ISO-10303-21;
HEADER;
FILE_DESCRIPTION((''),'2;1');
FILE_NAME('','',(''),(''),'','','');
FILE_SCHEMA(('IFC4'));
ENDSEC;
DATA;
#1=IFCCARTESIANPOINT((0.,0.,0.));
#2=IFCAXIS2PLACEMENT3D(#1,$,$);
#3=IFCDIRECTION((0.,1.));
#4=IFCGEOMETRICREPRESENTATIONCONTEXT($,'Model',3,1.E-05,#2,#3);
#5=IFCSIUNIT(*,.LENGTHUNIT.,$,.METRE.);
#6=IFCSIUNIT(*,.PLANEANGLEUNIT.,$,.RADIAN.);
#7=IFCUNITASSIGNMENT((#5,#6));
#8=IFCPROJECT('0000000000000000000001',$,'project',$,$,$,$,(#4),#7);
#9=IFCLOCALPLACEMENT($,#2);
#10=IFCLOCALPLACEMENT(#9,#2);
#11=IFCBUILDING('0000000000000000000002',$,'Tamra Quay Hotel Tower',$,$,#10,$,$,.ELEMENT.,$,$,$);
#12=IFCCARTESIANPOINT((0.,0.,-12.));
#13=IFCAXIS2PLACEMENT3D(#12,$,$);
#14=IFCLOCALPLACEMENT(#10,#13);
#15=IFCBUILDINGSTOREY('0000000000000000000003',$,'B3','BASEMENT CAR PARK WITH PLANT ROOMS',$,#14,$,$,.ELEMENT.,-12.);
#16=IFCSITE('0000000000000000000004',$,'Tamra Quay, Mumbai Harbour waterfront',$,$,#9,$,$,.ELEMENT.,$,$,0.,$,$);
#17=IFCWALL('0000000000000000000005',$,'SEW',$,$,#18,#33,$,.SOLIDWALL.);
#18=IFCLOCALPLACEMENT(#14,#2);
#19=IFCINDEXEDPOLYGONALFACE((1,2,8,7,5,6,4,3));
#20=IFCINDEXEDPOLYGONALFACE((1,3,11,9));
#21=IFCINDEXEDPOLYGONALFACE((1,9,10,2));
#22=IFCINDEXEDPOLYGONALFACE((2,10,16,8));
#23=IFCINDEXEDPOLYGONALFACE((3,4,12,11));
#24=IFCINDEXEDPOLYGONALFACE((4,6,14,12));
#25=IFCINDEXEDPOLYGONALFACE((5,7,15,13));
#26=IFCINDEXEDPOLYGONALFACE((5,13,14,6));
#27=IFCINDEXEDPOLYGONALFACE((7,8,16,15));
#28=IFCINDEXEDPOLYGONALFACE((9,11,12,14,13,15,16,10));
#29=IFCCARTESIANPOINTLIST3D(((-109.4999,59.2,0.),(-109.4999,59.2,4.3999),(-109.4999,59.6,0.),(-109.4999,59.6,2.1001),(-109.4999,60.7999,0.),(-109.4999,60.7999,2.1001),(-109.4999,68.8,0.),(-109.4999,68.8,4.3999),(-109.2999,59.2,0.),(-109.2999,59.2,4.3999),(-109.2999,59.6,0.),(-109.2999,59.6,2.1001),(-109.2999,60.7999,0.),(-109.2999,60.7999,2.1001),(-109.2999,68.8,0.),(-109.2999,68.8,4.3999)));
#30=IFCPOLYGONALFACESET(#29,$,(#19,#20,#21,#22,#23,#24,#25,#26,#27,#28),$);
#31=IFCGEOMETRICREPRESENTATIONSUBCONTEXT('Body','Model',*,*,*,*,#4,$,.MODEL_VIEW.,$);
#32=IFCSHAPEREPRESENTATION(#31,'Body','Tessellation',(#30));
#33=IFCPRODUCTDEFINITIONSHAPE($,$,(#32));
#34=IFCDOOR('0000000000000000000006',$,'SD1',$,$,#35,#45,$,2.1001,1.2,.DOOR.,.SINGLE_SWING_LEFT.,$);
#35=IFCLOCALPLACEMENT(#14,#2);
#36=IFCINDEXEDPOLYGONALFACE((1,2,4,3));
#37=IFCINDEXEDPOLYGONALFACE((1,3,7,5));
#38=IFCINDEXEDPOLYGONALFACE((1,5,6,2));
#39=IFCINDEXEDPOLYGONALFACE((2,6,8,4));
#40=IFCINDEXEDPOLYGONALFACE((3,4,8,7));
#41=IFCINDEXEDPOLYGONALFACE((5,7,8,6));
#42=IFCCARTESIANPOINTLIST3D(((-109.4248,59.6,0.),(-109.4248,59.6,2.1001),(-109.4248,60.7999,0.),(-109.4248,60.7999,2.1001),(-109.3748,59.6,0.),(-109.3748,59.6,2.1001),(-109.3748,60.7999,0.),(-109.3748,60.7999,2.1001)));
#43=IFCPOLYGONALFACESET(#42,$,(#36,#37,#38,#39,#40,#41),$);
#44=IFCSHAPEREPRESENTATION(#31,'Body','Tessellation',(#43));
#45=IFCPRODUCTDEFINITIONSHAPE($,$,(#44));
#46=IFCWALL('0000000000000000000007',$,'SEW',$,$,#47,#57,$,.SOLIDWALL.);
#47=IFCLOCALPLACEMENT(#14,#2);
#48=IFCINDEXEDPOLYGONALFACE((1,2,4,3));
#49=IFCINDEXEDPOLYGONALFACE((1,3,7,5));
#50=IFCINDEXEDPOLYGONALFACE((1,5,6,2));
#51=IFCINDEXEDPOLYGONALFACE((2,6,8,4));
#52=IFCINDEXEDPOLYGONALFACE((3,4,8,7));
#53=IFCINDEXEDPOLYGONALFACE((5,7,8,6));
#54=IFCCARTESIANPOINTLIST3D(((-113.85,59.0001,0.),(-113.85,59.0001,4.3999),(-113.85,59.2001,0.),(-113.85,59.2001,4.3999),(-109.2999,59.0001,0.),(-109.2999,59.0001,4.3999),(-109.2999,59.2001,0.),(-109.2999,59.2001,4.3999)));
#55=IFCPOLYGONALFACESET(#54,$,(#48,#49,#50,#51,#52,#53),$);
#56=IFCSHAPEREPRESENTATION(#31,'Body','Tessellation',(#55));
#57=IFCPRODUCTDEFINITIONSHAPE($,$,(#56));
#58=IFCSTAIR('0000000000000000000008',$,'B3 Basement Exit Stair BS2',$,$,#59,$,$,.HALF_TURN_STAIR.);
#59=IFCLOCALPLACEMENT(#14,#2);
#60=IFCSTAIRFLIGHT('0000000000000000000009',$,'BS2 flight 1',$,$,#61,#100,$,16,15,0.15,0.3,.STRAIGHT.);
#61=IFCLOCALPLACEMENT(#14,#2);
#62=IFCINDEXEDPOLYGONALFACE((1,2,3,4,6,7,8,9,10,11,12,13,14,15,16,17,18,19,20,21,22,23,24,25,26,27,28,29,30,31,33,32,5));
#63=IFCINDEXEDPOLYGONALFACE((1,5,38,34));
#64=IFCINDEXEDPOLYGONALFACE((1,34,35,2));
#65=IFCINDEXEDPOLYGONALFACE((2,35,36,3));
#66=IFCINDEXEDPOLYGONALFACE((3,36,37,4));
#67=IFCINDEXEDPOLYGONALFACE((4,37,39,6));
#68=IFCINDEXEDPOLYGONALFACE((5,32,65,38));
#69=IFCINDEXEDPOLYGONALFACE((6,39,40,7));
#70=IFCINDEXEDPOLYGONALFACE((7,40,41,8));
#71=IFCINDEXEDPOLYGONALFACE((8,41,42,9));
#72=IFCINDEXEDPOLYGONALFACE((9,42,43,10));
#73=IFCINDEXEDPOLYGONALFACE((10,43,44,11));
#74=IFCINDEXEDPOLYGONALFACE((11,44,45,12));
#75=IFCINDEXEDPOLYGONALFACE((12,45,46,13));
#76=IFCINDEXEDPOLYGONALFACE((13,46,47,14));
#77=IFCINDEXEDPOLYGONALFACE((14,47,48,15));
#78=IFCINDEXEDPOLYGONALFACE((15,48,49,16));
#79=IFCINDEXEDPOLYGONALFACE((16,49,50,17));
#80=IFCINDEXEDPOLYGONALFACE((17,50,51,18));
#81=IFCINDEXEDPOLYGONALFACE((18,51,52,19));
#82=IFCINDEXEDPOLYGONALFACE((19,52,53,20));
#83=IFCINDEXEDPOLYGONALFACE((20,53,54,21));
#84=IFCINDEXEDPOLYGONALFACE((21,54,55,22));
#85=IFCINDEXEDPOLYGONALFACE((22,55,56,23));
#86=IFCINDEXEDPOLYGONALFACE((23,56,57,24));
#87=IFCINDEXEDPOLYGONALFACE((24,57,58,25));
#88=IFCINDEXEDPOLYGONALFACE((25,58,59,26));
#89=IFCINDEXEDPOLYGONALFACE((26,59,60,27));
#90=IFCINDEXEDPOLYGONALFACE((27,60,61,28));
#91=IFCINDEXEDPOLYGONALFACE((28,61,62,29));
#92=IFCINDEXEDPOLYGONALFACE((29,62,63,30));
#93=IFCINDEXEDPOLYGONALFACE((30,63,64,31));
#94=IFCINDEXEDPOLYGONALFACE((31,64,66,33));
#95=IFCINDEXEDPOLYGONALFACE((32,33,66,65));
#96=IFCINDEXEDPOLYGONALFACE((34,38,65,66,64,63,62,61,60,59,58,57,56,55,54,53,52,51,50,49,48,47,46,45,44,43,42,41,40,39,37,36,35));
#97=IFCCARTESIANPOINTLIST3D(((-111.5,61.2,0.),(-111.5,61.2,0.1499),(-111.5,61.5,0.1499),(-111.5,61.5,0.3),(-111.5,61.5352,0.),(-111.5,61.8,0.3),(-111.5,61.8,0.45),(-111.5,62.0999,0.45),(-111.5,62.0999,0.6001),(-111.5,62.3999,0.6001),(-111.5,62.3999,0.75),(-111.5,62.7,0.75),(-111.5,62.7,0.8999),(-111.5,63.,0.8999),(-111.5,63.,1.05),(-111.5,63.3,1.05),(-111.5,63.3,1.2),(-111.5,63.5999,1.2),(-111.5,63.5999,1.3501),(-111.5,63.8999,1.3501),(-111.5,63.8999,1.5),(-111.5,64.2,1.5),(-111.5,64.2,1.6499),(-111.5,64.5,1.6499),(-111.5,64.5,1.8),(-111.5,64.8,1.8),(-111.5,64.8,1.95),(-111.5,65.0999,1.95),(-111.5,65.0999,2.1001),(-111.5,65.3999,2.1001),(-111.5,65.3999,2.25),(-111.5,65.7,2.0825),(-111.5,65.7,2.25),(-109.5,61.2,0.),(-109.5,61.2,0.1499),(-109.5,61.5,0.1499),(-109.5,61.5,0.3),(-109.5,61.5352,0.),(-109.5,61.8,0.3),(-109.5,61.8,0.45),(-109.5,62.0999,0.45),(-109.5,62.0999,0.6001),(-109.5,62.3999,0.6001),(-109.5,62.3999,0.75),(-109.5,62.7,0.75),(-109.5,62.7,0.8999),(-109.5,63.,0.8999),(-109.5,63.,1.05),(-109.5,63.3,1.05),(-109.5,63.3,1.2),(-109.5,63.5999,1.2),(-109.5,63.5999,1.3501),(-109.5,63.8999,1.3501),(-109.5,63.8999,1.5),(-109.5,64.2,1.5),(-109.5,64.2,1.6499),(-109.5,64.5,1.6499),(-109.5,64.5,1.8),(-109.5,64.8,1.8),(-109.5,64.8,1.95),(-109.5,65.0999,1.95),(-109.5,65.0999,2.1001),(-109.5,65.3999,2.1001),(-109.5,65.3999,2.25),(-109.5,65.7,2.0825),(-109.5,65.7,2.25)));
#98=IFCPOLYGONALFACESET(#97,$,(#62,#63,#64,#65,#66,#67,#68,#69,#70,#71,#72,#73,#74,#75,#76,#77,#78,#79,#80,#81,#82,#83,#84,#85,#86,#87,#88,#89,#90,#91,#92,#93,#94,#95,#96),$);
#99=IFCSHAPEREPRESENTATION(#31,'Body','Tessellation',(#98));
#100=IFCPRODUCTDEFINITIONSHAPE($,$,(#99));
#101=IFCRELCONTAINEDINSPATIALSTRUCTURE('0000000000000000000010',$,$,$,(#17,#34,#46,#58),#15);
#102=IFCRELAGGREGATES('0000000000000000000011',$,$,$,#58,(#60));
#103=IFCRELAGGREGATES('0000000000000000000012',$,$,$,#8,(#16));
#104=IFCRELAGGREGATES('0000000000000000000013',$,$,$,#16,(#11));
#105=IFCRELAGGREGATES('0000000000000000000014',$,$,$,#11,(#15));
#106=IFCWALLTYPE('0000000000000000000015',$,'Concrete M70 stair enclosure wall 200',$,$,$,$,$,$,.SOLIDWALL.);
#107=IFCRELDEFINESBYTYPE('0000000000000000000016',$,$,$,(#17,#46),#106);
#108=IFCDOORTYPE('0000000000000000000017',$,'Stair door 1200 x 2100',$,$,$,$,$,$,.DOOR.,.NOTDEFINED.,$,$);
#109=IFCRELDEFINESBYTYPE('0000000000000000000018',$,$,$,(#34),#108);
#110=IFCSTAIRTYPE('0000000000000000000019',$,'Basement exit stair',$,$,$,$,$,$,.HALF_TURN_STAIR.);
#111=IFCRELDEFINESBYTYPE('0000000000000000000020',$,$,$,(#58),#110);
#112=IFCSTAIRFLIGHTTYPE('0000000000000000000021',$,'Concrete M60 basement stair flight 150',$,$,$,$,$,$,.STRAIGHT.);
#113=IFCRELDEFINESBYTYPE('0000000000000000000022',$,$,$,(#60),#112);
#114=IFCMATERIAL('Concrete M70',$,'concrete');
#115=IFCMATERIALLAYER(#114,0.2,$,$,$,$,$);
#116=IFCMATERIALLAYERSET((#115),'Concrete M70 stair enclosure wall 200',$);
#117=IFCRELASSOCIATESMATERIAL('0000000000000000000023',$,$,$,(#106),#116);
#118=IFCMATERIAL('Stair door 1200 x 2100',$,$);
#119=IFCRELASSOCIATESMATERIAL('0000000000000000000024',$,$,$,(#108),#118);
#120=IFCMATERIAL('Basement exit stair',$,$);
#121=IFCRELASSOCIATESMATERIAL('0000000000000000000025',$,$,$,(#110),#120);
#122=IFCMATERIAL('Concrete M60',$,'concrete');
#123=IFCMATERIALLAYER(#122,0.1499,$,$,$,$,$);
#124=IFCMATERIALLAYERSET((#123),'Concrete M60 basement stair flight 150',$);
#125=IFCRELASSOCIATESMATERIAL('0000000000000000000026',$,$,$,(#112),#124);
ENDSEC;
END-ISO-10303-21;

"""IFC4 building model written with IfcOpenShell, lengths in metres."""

from ifc_helpers import new_model, si_unit, direction, frame, frame_2d, origin, place, context, subcontext, project, spatial, polyline, rectangle, outline, extrude, material, layer, layer_set, type_object, element, fill, aggregate, save


model = new_model("IFC4")

# Units and contexts
model_context = context("Model", 3, precision=1e-05, world=origin(), true_north=direction((0.0, 1.0)))
body_context = subcontext(model_context, "Body", "Model", "MODEL_VIEW")
ifc_project = project(units=[si_unit("LENGTHUNIT", "METRE"), si_unit("PLANEANGLEUNIT", "RADIAN")], contexts=[model_context])

# Site, building, storey
site_placement = place(None, origin())
site = spatial("IfcSite", under=ifc_project, at=site_placement, Name="Tamra Quay, Mumbai Harbour waterfront", CompositionType="ELEMENT", RefElevation=0.0)
building_placement = place(site_placement, origin())
building = spatial("IfcBuilding", under=site, at=building_placement, Name="Tamra Quay Hotel Tower", CompositionType="ELEMENT")
storey_placement = place(building_placement, frame((0.0, 0.0, -12.0)))
storey = spatial("IfcBuildingStorey", under=building, at=storey_placement, Name="B3", Description="BASEMENT CAR PARK WITH PLANT ROOMS", CompositionType="ELEMENT", Elevation=-12.0)

# Shared definitions
ifc_material_1 = material(Name="Concrete M70", Category="concrete")

# Wall, opening, door
ifc_layer_1 = layer(ifc_material_1, 0.2)
ifc_layer_set_1 = layer_set([ifc_layer_1], Name="Concrete M70 stair enclosure wall 200")
wall_type_1 = type_object("IfcWallType", Name="Concrete M70 stair enclosure wall 200", PredefinedType="SOLIDWALL", material=ifc_layer_set_1)
wall_1_placement = place(storey_placement, frame((-109.3999, 59.2, 0.0), z_axis=(0.0, 0.0, 1.0), x_axis=(0.0, 1.0, 0.0)))
wall_1 = element("IfcWall", 1, at=wall_1_placement, inside=storey, type_object=wall_type_1, Name="SEW", PredefinedType="SOLIDWALL", context=body_context, shape_type="SweptSolid", body=[
    extrude(rectangle(XDim=9.6001, YDim=0.2, at=frame_2d((4.8, 0.0))), origin(), (0.0, 0.0, 1.0), 4.3999),
])
opening_1_placement = place(wall_1_placement, frame((0.3999, 0.0, 0.0)))
opening_1 = element("IfcOpeningElement", 2, at=opening_1_placement, cuts=wall_1, PredefinedType="OPENING", context=body_context, shape_type="SweptSolid", body=[
    extrude(rectangle(XDim=1.2, YDim=2.1001, at=frame_2d((0.6001, 1.05))), frame((0.0, 0.1099, 0.0), z_axis=(0.0, -1.0, 0.0), x_axis=(1.0, 0.0, 0.0)), (0.0, 0.0, 1.0), 0.22),
])
ifc_material_2 = material(Name="Stair door 1200 x 2100")
door_type_1 = type_object("IfcDoorType", Name="Stair door 1200 x 2100", OperationType="NOTDEFINED", PredefinedType="DOOR", material=ifc_material_2)
door_1_placement = place(opening_1_placement, origin())
door_1 = element("IfcDoor", 3, at=door_1_placement, inside=storey, type_object=door_type_1, Name="SD1", OperationType="SINGLE_SWING_LEFT", OverallHeight=2.1001, OverallWidth=1.2, PredefinedType="DOOR", context=body_context, shape_type="SweptSolid", body=[
    extrude(rectangle(XDim=1.2, YDim=2.1001, at=frame_2d((0.6001, 1.05))), frame((0.0, 0.0249, 0.0), z_axis=(0.0, -1.0, 0.0), x_axis=(1.0, 0.0, 0.0)), (0.0, 0.0, 1.0), 0.05),
])
fill(opening_1, door_1)

# Wall
wall_2_placement = place(storey_placement, frame((-109.3, 59.1001, 0.0), z_axis=(0.0, 0.0, 1.0), x_axis=(-1.0, 0.0, 0.0)))
element("IfcWall", 4, at=wall_2_placement, inside=storey, type_object=wall_type_1, Name="SEW", PredefinedType="SOLIDWALL", context=body_context, shape_type="SweptSolid", body=[
    extrude(rectangle(XDim=4.55, YDim=0.2, at=frame_2d((2.2749, 0.0))), origin(), (0.0, 0.0, 1.0), 4.3999),
])

# Stair, stair flight
ifc_material_3 = material(Name="Basement exit stair")
stair_type = type_object("IfcStairType", Name="Basement exit stair", PredefinedType="HALF_TURN_STAIR", material=ifc_material_3)
stair_placement = place(storey_placement, origin())
stair = element("IfcStair", 5, at=stair_placement, inside=storey, type_object=stair_type, Name="B3 Basement Exit Stair BS2", PredefinedType="HALF_TURN_STAIR")
ifc_material_4 = material(Name="Concrete M60", Category="concrete")
ifc_layer_2 = layer(ifc_material_4, 0.1499)
ifc_layer_set_2 = layer_set([ifc_layer_2], Name="Concrete M60 basement stair flight 150")
stair_flight_type = type_object("IfcStairFlightType", Name="Concrete M60 basement stair flight 150", PredefinedType="STRAIGHT", material=ifc_layer_set_2)
stair_flight_placement = place(storey_placement, frame((-110.5, 61.2, 0.0), z_axis=(0.0, 0.0, 1.0), x_axis=(0.0, 1.0, 0.0)))
stair_flight = element("IfcStairFlight", 6, at=stair_flight_placement, type_object=stair_flight_type, Name="BS2 flight 1", NumberOfRisers=16, NumberOfTreads=15, PredefinedType="STRAIGHT", RiserHeight=0.15, TreadLength=0.3, context=body_context, shape_type="SweptSolid", body=[
    extrude(outline(polyline([(0.0, 0.0), (0.0, 0.1499), (0.3, 0.1499), (0.3, 0.3), (0.6001, 0.3), (0.6001, 0.45), (0.8999, 0.45), (0.8999, 0.6001), (1.2, 0.6001), (1.2, 0.75), (1.5, 0.75), (1.5, 0.8999), (1.8, 0.8999), (1.8, 1.05), (2.1001, 1.05), (2.1001, 1.2), (2.3999, 1.2), (2.3999, 1.3501), (2.7, 1.3501), (2.7, 1.5), (3.0, 1.5), (3.0, 1.6499), (3.3, 1.6499), (3.3, 1.8), (3.6001, 1.8), (3.6001, 1.95), (3.8999, 1.95), (3.8999, 2.1001), (4.2, 2.1001), (4.2, 2.25), (4.5, 2.25), (4.5, 2.3999), (4.5, 2.0825), (0.3352, 0.0), (0.0, 0.0)])), frame((0.0, 1.0, 0.0), z_axis=(0.0, -1.0, 0.0), x_axis=(1.0, 0.0, 0.0)), (0.0, 0.0, 1.0), 2.0),
])
aggregate(stair, [stair_flight])

save(model, "model.ifc")
